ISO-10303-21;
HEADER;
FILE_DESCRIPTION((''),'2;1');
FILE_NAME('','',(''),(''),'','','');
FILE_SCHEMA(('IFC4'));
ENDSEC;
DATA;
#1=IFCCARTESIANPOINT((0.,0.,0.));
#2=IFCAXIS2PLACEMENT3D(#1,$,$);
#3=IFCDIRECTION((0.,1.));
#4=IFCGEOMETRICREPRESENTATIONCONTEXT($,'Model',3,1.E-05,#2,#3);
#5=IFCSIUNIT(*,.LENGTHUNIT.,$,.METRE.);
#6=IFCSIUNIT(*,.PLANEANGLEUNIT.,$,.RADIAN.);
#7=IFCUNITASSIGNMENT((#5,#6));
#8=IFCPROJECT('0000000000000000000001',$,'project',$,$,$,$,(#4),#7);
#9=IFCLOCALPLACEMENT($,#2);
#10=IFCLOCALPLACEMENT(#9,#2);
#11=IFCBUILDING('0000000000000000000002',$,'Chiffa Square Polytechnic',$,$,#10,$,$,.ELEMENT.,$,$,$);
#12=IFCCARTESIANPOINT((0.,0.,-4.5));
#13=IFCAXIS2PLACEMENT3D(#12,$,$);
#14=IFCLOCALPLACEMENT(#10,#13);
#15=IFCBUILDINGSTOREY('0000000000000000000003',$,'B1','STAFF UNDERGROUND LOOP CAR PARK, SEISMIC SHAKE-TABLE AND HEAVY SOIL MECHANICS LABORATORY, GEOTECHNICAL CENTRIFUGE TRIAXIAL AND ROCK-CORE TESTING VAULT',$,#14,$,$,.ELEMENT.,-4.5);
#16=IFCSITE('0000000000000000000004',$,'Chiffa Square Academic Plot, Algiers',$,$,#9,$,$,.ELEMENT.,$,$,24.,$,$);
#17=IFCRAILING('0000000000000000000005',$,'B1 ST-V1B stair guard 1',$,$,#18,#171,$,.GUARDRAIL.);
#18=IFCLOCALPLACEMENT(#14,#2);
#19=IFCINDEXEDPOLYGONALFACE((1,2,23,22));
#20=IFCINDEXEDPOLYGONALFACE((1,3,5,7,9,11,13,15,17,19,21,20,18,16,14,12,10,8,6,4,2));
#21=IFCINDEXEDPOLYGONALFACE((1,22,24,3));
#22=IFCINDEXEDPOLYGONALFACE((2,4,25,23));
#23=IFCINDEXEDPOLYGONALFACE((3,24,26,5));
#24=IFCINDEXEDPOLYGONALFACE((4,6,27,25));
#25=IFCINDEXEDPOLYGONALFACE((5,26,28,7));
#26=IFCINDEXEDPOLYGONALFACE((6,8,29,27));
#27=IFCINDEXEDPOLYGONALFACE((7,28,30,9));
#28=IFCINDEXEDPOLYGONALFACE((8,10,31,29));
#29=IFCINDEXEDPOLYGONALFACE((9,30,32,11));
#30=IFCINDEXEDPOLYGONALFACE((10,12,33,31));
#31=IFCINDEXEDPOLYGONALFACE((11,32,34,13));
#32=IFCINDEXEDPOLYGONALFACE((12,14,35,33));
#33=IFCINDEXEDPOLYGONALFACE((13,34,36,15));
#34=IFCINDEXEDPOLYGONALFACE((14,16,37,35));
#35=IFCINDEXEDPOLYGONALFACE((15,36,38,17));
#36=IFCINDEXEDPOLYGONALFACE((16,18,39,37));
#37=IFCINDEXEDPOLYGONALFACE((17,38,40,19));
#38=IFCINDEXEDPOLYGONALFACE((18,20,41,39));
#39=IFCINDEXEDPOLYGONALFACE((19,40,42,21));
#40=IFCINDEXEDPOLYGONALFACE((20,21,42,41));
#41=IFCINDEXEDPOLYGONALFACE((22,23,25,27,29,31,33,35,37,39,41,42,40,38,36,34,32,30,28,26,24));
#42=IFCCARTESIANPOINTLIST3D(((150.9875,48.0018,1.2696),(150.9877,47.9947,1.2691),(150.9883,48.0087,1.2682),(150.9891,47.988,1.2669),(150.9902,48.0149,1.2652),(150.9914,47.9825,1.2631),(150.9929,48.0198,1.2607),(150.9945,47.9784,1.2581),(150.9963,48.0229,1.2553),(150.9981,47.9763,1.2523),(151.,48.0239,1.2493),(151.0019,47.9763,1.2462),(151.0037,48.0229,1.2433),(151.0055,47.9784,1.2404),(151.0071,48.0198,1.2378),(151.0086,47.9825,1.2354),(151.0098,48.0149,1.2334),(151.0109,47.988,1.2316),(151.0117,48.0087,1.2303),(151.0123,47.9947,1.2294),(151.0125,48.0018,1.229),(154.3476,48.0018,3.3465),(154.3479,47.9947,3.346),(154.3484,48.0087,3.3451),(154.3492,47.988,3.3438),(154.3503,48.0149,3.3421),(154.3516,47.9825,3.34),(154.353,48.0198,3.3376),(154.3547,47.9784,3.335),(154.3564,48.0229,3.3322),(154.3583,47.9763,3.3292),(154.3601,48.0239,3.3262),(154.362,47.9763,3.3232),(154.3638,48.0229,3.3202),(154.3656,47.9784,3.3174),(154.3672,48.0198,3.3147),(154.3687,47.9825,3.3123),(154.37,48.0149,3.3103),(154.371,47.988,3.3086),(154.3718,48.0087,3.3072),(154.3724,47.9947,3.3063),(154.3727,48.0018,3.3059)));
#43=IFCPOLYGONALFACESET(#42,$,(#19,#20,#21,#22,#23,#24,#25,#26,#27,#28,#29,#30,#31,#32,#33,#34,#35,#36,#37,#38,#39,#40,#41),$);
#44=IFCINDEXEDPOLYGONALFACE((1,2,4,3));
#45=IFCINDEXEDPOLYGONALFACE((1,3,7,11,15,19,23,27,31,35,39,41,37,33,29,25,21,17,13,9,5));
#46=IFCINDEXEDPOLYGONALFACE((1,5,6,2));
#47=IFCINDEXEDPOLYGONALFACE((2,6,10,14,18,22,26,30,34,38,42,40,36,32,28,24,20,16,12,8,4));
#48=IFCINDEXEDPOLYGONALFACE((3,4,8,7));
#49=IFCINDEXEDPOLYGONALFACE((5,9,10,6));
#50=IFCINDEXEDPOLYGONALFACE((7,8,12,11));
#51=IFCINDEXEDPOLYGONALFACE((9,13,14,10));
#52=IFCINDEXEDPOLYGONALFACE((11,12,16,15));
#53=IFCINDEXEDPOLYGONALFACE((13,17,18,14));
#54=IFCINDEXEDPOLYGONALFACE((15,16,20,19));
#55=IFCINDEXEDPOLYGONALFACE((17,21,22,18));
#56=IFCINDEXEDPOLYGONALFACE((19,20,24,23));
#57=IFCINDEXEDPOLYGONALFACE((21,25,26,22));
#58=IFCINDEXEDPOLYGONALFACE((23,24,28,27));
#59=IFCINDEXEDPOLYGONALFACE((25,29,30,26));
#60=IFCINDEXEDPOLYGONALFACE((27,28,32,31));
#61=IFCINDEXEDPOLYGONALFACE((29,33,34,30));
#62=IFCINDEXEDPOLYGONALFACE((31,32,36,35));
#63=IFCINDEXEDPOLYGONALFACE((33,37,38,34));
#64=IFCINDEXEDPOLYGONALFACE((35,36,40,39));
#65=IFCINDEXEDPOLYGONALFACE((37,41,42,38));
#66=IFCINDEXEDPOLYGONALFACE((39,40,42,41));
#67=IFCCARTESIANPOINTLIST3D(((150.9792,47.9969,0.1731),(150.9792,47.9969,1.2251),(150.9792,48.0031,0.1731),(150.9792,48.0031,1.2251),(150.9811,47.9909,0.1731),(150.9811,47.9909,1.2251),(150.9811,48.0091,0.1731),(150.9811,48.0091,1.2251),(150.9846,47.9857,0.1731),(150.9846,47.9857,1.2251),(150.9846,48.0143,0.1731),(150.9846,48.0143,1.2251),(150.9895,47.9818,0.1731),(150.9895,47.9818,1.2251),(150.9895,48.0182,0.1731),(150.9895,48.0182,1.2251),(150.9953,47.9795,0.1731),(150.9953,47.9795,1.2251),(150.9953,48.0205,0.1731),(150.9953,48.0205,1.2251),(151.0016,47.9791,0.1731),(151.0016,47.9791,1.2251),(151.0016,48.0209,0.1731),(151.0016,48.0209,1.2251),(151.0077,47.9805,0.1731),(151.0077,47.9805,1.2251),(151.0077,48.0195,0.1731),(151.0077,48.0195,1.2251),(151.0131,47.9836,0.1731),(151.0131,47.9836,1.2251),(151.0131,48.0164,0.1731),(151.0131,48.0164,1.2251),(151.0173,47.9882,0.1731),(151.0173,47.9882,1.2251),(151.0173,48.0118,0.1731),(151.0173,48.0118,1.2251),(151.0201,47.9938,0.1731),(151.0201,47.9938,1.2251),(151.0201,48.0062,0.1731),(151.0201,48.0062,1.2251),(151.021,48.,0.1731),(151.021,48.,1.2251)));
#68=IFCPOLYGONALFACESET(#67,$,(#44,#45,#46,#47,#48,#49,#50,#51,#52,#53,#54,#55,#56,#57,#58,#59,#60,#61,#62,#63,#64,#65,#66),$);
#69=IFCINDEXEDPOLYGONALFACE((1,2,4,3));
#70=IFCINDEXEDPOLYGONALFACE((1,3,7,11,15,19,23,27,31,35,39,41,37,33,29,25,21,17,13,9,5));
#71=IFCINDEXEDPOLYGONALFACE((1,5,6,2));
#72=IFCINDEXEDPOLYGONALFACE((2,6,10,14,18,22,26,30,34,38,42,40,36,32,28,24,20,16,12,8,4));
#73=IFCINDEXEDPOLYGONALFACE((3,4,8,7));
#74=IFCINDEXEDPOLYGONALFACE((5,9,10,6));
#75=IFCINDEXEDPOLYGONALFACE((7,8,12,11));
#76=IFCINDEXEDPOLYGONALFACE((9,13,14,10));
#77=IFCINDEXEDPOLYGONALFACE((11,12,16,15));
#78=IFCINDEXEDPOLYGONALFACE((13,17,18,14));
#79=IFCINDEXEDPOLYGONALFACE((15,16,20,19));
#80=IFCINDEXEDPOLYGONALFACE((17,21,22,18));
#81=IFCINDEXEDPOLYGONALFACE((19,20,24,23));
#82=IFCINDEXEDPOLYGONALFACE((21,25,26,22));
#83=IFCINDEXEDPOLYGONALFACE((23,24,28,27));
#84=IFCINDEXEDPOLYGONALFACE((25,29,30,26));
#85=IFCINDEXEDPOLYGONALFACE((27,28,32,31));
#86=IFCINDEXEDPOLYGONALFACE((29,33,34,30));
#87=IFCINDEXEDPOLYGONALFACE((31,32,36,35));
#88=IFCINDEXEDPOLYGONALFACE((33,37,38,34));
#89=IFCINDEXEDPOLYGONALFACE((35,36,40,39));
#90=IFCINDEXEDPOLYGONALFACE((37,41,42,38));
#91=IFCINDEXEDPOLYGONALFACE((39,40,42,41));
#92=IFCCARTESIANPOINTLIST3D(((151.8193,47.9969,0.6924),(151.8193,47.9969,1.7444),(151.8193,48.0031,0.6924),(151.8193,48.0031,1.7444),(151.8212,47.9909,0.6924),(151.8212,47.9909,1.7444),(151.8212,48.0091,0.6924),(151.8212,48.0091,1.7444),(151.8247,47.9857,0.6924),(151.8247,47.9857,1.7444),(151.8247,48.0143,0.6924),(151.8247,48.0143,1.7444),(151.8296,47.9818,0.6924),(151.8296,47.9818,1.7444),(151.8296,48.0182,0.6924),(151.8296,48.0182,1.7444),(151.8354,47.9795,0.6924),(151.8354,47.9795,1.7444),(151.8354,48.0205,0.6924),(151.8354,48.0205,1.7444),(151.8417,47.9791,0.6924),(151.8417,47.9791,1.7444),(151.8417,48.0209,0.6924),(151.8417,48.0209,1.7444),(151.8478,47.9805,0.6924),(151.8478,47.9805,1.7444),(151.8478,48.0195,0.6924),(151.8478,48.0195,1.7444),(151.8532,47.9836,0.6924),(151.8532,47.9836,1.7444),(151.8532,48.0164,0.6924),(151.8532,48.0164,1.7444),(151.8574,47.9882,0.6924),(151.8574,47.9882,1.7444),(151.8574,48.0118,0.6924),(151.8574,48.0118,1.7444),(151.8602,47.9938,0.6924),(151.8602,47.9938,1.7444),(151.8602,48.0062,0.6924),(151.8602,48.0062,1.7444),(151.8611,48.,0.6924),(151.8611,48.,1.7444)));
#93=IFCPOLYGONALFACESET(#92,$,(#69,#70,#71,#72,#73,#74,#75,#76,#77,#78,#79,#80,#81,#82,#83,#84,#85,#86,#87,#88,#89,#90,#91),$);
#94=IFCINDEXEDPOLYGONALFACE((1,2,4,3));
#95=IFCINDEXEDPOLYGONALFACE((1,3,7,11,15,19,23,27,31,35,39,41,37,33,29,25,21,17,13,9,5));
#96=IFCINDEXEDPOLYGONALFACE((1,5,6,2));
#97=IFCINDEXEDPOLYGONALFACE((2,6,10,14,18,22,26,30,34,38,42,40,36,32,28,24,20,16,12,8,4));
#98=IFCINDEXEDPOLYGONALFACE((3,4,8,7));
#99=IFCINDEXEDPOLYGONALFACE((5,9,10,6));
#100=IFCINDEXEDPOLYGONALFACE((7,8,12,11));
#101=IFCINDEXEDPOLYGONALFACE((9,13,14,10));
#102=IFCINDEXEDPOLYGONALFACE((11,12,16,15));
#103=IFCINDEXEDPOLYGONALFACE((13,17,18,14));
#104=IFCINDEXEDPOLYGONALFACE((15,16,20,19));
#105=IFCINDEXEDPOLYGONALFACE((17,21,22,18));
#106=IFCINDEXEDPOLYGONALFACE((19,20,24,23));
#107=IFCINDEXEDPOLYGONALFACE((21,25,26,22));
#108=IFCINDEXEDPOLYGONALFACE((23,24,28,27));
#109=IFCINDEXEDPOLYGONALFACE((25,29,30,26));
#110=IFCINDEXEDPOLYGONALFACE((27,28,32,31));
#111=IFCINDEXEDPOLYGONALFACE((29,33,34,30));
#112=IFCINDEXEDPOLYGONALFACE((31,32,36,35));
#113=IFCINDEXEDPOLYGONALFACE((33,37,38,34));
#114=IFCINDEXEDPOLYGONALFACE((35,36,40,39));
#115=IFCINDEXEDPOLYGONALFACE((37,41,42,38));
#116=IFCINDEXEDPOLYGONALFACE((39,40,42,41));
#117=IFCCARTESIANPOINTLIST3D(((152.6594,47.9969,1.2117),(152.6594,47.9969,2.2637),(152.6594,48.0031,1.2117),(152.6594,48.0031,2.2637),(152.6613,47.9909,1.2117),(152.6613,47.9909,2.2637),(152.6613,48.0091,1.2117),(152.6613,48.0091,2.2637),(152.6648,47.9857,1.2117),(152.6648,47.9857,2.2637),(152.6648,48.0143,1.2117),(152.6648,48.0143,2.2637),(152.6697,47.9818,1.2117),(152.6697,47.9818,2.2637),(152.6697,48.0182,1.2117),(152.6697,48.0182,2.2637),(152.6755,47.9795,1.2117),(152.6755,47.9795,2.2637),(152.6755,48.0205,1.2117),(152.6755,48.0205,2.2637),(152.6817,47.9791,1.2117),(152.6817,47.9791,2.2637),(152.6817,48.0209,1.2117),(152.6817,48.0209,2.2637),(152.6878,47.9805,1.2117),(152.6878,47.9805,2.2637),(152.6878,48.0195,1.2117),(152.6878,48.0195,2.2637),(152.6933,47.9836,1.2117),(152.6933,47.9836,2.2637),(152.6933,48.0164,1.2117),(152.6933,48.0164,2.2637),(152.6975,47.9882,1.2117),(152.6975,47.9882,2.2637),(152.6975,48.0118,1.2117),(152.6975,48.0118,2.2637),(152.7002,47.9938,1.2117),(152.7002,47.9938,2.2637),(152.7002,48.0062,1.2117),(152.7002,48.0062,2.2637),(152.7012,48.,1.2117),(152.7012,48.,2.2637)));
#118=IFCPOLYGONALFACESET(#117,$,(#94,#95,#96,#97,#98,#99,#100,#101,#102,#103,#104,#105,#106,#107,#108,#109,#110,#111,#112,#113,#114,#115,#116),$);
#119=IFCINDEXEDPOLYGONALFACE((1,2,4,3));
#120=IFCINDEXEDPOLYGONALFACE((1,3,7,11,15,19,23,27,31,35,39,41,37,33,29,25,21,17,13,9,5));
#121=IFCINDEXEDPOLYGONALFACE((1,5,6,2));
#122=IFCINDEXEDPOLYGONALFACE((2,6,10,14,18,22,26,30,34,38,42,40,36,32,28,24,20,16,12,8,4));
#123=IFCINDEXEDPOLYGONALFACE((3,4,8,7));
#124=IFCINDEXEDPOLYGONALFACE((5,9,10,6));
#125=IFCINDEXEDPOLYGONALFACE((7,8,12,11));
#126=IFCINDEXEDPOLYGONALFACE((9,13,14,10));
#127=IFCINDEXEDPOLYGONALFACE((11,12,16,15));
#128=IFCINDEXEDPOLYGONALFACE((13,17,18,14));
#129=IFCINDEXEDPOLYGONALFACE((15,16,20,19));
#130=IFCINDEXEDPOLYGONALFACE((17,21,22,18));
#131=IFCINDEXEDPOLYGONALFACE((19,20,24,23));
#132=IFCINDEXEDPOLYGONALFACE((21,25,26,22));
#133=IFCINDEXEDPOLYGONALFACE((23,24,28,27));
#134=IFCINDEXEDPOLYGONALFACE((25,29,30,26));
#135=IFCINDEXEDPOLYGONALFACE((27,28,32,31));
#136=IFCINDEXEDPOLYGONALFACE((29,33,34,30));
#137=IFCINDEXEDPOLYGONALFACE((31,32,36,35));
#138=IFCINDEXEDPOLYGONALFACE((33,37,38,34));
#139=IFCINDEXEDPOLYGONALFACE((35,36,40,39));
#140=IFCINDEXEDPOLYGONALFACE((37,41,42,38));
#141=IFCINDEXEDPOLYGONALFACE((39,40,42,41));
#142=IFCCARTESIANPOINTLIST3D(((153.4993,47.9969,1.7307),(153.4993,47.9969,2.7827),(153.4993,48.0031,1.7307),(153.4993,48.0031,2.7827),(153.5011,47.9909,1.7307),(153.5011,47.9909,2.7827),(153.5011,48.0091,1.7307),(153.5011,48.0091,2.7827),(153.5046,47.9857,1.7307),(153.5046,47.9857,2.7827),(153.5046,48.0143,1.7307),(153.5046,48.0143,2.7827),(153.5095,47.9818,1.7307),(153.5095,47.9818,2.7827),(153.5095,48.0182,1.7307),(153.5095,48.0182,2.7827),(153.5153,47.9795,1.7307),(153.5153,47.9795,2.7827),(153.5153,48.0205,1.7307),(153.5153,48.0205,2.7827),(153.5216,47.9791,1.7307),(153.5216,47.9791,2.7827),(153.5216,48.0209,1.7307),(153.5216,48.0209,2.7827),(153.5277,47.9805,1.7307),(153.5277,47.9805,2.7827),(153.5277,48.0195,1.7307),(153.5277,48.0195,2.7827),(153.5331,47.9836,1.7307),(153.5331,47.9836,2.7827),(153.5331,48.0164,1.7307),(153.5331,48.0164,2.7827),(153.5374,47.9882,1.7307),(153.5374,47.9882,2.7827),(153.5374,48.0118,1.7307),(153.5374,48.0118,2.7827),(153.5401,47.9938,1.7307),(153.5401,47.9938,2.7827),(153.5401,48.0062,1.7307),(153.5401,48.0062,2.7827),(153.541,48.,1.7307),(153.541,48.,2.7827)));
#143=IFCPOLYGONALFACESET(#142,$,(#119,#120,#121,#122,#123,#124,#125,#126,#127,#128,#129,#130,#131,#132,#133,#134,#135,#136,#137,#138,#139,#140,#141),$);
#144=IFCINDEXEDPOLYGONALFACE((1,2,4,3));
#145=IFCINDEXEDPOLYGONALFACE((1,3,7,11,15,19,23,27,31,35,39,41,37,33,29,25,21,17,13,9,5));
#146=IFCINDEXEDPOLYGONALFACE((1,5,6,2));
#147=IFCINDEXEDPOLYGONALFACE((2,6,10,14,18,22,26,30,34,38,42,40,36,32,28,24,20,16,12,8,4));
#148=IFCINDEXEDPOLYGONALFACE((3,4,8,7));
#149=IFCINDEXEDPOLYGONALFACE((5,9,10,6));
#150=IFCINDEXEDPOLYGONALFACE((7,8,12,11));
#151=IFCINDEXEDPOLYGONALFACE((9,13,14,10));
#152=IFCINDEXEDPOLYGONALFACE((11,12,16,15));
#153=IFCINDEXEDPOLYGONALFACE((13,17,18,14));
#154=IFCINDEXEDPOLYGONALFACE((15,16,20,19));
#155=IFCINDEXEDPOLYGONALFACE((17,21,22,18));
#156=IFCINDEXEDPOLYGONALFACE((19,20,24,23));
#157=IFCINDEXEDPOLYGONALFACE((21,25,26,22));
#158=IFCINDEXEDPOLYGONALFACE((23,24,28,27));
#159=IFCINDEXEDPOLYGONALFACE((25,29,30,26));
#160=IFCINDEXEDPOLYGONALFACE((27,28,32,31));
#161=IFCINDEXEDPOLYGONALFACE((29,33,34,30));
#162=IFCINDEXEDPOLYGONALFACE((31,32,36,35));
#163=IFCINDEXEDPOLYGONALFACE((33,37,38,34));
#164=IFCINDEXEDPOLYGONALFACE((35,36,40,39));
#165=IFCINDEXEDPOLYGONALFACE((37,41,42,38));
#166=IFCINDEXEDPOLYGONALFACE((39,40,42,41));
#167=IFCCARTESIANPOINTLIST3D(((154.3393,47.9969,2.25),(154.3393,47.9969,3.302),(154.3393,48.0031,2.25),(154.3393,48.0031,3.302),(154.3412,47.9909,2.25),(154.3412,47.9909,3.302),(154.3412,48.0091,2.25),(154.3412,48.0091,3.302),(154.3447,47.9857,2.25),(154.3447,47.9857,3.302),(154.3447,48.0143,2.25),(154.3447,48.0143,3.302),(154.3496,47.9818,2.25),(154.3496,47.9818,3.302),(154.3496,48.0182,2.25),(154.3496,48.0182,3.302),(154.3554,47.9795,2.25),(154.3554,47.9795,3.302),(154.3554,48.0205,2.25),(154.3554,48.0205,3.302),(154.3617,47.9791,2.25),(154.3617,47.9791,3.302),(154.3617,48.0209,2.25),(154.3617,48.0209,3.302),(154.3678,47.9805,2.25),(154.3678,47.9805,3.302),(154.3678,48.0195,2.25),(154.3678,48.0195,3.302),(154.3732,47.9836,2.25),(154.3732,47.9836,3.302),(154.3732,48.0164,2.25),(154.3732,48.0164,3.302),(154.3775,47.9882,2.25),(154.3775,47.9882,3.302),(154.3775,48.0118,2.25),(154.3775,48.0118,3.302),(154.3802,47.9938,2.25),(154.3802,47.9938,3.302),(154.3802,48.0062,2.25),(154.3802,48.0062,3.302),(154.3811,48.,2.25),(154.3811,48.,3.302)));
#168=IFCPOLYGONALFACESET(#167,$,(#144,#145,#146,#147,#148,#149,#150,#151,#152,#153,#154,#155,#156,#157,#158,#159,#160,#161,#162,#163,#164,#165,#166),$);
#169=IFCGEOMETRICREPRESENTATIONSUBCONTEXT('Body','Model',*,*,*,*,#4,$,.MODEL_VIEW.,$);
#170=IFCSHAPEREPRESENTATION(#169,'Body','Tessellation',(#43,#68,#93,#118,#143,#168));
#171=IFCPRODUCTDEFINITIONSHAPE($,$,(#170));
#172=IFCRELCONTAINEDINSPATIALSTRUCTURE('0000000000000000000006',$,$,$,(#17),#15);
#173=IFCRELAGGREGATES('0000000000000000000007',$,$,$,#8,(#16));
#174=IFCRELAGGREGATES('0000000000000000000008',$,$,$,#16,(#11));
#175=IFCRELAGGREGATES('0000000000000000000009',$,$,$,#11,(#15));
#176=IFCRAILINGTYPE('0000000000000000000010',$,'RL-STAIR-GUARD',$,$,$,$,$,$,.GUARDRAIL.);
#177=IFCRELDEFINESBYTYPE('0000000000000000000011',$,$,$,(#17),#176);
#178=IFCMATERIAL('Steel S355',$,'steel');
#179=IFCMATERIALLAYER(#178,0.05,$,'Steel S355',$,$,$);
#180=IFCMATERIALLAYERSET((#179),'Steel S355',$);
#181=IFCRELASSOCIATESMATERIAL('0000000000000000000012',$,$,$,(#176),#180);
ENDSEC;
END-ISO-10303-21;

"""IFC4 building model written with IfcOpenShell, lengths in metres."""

from ifc_helpers import new_model, si_unit, direction, frame, origin, origin_2d, place, context, subcontext, project, spatial, circle, extrude, material, layer, layer_set, type_object, element, save


model = new_model("IFC4")

# Units and contexts
model_context = context("Model", 3, precision=1e-05, world=origin(), true_north=direction((0.0, 1.0)))
body_context = subcontext(model_context, "Body", "Model", "MODEL_VIEW")
ifc_project = project(units=[si_unit("LENGTHUNIT", "METRE"), si_unit("PLANEANGLEUNIT", "RADIAN")], contexts=[model_context])

# Site, building, storey
site_placement = place(None, origin())
site = spatial("IfcSite", under=ifc_project, at=site_placement, Name="Chiffa Square Academic Plot, Algiers", CompositionType="ELEMENT", RefElevation=24.0)
building_placement = place(site_placement, origin())
building = spatial("IfcBuilding", under=site, at=building_placement, Name="Chiffa Square Polytechnic", CompositionType="ELEMENT")
storey_placement = place(building_placement, frame((0.0, 0.0, -4.5)))
storey = spatial("IfcBuildingStorey", under=building, at=storey_placement, Name="B1", Description="STAFF UNDERGROUND LOOP CAR PARK, SEISMIC SHAKE-TABLE AND HEAVY SOIL MECHANICS LABORATORY, GEOTECHNICAL CENTRIFUGE TRIAXIAL AND ROCK-CORE TESTING VAULT", CompositionType="ELEMENT", Elevation=-4.5)

# Railing
ifc_material_1 = material(Name="Steel S355", Category="steel")
ifc_layer_1 = layer(ifc_material_1, 0.05, Name="Steel S355")
ifc_layer_set_1 = layer_set([ifc_layer_1], Name="Steel S355")
railing_type_1 = type_object("IfcRailingType", Name="RL-STAIR-GUARD", PredefinedType="GUARDRAIL", material=ifc_layer_set_1)
railing_1_placement = place(storey_placement, frame((151.0, 48.0, 0.1731)))
element("IfcRailing", 1, at=railing_1_placement, inside=storey, type_object=railing_type_1, Name="B1 ST-V1B stair guard 1", PredefinedType="GUARDRAIL", context=body_context, shape_type="SweptSolid", body=[
    extrude(circle(Radius=0.0239, at=origin_2d()), frame((0.0, 0.0, 1.0762), z_axis=(0.850623, 0.0, 0.525776), x_axis=(0.0, 1.0, 0.0)), (0.0, 0.0, 1.0), 3.9502),
    extrude(circle(Radius=0.021, at=origin_2d()), origin(), (0.0, 0.0, 1.0), 1.052),
    extrude(circle(Radius=0.021, at=origin_2d()), frame((0.8401, 0.0, 0.5193)), (0.0, 0.0, 1.0), 1.052),
    extrude(circle(Radius=0.021, at=origin_2d()), frame((1.6802, 0.0, 1.0386)), (0.0, 0.0, 1.0), 1.052),
    extrude(circle(Radius=0.021, at=origin_2d()), frame((2.52, 0.0, 1.5576)), (0.0, 0.0, 1.0), 1.052),
    extrude(circle(Radius=0.021, at=origin_2d()), frame((3.3601, 0.0, 2.0769)), (0.0, 0.0, 1.0), 1.052),
])

save(model, "model.ifc")
